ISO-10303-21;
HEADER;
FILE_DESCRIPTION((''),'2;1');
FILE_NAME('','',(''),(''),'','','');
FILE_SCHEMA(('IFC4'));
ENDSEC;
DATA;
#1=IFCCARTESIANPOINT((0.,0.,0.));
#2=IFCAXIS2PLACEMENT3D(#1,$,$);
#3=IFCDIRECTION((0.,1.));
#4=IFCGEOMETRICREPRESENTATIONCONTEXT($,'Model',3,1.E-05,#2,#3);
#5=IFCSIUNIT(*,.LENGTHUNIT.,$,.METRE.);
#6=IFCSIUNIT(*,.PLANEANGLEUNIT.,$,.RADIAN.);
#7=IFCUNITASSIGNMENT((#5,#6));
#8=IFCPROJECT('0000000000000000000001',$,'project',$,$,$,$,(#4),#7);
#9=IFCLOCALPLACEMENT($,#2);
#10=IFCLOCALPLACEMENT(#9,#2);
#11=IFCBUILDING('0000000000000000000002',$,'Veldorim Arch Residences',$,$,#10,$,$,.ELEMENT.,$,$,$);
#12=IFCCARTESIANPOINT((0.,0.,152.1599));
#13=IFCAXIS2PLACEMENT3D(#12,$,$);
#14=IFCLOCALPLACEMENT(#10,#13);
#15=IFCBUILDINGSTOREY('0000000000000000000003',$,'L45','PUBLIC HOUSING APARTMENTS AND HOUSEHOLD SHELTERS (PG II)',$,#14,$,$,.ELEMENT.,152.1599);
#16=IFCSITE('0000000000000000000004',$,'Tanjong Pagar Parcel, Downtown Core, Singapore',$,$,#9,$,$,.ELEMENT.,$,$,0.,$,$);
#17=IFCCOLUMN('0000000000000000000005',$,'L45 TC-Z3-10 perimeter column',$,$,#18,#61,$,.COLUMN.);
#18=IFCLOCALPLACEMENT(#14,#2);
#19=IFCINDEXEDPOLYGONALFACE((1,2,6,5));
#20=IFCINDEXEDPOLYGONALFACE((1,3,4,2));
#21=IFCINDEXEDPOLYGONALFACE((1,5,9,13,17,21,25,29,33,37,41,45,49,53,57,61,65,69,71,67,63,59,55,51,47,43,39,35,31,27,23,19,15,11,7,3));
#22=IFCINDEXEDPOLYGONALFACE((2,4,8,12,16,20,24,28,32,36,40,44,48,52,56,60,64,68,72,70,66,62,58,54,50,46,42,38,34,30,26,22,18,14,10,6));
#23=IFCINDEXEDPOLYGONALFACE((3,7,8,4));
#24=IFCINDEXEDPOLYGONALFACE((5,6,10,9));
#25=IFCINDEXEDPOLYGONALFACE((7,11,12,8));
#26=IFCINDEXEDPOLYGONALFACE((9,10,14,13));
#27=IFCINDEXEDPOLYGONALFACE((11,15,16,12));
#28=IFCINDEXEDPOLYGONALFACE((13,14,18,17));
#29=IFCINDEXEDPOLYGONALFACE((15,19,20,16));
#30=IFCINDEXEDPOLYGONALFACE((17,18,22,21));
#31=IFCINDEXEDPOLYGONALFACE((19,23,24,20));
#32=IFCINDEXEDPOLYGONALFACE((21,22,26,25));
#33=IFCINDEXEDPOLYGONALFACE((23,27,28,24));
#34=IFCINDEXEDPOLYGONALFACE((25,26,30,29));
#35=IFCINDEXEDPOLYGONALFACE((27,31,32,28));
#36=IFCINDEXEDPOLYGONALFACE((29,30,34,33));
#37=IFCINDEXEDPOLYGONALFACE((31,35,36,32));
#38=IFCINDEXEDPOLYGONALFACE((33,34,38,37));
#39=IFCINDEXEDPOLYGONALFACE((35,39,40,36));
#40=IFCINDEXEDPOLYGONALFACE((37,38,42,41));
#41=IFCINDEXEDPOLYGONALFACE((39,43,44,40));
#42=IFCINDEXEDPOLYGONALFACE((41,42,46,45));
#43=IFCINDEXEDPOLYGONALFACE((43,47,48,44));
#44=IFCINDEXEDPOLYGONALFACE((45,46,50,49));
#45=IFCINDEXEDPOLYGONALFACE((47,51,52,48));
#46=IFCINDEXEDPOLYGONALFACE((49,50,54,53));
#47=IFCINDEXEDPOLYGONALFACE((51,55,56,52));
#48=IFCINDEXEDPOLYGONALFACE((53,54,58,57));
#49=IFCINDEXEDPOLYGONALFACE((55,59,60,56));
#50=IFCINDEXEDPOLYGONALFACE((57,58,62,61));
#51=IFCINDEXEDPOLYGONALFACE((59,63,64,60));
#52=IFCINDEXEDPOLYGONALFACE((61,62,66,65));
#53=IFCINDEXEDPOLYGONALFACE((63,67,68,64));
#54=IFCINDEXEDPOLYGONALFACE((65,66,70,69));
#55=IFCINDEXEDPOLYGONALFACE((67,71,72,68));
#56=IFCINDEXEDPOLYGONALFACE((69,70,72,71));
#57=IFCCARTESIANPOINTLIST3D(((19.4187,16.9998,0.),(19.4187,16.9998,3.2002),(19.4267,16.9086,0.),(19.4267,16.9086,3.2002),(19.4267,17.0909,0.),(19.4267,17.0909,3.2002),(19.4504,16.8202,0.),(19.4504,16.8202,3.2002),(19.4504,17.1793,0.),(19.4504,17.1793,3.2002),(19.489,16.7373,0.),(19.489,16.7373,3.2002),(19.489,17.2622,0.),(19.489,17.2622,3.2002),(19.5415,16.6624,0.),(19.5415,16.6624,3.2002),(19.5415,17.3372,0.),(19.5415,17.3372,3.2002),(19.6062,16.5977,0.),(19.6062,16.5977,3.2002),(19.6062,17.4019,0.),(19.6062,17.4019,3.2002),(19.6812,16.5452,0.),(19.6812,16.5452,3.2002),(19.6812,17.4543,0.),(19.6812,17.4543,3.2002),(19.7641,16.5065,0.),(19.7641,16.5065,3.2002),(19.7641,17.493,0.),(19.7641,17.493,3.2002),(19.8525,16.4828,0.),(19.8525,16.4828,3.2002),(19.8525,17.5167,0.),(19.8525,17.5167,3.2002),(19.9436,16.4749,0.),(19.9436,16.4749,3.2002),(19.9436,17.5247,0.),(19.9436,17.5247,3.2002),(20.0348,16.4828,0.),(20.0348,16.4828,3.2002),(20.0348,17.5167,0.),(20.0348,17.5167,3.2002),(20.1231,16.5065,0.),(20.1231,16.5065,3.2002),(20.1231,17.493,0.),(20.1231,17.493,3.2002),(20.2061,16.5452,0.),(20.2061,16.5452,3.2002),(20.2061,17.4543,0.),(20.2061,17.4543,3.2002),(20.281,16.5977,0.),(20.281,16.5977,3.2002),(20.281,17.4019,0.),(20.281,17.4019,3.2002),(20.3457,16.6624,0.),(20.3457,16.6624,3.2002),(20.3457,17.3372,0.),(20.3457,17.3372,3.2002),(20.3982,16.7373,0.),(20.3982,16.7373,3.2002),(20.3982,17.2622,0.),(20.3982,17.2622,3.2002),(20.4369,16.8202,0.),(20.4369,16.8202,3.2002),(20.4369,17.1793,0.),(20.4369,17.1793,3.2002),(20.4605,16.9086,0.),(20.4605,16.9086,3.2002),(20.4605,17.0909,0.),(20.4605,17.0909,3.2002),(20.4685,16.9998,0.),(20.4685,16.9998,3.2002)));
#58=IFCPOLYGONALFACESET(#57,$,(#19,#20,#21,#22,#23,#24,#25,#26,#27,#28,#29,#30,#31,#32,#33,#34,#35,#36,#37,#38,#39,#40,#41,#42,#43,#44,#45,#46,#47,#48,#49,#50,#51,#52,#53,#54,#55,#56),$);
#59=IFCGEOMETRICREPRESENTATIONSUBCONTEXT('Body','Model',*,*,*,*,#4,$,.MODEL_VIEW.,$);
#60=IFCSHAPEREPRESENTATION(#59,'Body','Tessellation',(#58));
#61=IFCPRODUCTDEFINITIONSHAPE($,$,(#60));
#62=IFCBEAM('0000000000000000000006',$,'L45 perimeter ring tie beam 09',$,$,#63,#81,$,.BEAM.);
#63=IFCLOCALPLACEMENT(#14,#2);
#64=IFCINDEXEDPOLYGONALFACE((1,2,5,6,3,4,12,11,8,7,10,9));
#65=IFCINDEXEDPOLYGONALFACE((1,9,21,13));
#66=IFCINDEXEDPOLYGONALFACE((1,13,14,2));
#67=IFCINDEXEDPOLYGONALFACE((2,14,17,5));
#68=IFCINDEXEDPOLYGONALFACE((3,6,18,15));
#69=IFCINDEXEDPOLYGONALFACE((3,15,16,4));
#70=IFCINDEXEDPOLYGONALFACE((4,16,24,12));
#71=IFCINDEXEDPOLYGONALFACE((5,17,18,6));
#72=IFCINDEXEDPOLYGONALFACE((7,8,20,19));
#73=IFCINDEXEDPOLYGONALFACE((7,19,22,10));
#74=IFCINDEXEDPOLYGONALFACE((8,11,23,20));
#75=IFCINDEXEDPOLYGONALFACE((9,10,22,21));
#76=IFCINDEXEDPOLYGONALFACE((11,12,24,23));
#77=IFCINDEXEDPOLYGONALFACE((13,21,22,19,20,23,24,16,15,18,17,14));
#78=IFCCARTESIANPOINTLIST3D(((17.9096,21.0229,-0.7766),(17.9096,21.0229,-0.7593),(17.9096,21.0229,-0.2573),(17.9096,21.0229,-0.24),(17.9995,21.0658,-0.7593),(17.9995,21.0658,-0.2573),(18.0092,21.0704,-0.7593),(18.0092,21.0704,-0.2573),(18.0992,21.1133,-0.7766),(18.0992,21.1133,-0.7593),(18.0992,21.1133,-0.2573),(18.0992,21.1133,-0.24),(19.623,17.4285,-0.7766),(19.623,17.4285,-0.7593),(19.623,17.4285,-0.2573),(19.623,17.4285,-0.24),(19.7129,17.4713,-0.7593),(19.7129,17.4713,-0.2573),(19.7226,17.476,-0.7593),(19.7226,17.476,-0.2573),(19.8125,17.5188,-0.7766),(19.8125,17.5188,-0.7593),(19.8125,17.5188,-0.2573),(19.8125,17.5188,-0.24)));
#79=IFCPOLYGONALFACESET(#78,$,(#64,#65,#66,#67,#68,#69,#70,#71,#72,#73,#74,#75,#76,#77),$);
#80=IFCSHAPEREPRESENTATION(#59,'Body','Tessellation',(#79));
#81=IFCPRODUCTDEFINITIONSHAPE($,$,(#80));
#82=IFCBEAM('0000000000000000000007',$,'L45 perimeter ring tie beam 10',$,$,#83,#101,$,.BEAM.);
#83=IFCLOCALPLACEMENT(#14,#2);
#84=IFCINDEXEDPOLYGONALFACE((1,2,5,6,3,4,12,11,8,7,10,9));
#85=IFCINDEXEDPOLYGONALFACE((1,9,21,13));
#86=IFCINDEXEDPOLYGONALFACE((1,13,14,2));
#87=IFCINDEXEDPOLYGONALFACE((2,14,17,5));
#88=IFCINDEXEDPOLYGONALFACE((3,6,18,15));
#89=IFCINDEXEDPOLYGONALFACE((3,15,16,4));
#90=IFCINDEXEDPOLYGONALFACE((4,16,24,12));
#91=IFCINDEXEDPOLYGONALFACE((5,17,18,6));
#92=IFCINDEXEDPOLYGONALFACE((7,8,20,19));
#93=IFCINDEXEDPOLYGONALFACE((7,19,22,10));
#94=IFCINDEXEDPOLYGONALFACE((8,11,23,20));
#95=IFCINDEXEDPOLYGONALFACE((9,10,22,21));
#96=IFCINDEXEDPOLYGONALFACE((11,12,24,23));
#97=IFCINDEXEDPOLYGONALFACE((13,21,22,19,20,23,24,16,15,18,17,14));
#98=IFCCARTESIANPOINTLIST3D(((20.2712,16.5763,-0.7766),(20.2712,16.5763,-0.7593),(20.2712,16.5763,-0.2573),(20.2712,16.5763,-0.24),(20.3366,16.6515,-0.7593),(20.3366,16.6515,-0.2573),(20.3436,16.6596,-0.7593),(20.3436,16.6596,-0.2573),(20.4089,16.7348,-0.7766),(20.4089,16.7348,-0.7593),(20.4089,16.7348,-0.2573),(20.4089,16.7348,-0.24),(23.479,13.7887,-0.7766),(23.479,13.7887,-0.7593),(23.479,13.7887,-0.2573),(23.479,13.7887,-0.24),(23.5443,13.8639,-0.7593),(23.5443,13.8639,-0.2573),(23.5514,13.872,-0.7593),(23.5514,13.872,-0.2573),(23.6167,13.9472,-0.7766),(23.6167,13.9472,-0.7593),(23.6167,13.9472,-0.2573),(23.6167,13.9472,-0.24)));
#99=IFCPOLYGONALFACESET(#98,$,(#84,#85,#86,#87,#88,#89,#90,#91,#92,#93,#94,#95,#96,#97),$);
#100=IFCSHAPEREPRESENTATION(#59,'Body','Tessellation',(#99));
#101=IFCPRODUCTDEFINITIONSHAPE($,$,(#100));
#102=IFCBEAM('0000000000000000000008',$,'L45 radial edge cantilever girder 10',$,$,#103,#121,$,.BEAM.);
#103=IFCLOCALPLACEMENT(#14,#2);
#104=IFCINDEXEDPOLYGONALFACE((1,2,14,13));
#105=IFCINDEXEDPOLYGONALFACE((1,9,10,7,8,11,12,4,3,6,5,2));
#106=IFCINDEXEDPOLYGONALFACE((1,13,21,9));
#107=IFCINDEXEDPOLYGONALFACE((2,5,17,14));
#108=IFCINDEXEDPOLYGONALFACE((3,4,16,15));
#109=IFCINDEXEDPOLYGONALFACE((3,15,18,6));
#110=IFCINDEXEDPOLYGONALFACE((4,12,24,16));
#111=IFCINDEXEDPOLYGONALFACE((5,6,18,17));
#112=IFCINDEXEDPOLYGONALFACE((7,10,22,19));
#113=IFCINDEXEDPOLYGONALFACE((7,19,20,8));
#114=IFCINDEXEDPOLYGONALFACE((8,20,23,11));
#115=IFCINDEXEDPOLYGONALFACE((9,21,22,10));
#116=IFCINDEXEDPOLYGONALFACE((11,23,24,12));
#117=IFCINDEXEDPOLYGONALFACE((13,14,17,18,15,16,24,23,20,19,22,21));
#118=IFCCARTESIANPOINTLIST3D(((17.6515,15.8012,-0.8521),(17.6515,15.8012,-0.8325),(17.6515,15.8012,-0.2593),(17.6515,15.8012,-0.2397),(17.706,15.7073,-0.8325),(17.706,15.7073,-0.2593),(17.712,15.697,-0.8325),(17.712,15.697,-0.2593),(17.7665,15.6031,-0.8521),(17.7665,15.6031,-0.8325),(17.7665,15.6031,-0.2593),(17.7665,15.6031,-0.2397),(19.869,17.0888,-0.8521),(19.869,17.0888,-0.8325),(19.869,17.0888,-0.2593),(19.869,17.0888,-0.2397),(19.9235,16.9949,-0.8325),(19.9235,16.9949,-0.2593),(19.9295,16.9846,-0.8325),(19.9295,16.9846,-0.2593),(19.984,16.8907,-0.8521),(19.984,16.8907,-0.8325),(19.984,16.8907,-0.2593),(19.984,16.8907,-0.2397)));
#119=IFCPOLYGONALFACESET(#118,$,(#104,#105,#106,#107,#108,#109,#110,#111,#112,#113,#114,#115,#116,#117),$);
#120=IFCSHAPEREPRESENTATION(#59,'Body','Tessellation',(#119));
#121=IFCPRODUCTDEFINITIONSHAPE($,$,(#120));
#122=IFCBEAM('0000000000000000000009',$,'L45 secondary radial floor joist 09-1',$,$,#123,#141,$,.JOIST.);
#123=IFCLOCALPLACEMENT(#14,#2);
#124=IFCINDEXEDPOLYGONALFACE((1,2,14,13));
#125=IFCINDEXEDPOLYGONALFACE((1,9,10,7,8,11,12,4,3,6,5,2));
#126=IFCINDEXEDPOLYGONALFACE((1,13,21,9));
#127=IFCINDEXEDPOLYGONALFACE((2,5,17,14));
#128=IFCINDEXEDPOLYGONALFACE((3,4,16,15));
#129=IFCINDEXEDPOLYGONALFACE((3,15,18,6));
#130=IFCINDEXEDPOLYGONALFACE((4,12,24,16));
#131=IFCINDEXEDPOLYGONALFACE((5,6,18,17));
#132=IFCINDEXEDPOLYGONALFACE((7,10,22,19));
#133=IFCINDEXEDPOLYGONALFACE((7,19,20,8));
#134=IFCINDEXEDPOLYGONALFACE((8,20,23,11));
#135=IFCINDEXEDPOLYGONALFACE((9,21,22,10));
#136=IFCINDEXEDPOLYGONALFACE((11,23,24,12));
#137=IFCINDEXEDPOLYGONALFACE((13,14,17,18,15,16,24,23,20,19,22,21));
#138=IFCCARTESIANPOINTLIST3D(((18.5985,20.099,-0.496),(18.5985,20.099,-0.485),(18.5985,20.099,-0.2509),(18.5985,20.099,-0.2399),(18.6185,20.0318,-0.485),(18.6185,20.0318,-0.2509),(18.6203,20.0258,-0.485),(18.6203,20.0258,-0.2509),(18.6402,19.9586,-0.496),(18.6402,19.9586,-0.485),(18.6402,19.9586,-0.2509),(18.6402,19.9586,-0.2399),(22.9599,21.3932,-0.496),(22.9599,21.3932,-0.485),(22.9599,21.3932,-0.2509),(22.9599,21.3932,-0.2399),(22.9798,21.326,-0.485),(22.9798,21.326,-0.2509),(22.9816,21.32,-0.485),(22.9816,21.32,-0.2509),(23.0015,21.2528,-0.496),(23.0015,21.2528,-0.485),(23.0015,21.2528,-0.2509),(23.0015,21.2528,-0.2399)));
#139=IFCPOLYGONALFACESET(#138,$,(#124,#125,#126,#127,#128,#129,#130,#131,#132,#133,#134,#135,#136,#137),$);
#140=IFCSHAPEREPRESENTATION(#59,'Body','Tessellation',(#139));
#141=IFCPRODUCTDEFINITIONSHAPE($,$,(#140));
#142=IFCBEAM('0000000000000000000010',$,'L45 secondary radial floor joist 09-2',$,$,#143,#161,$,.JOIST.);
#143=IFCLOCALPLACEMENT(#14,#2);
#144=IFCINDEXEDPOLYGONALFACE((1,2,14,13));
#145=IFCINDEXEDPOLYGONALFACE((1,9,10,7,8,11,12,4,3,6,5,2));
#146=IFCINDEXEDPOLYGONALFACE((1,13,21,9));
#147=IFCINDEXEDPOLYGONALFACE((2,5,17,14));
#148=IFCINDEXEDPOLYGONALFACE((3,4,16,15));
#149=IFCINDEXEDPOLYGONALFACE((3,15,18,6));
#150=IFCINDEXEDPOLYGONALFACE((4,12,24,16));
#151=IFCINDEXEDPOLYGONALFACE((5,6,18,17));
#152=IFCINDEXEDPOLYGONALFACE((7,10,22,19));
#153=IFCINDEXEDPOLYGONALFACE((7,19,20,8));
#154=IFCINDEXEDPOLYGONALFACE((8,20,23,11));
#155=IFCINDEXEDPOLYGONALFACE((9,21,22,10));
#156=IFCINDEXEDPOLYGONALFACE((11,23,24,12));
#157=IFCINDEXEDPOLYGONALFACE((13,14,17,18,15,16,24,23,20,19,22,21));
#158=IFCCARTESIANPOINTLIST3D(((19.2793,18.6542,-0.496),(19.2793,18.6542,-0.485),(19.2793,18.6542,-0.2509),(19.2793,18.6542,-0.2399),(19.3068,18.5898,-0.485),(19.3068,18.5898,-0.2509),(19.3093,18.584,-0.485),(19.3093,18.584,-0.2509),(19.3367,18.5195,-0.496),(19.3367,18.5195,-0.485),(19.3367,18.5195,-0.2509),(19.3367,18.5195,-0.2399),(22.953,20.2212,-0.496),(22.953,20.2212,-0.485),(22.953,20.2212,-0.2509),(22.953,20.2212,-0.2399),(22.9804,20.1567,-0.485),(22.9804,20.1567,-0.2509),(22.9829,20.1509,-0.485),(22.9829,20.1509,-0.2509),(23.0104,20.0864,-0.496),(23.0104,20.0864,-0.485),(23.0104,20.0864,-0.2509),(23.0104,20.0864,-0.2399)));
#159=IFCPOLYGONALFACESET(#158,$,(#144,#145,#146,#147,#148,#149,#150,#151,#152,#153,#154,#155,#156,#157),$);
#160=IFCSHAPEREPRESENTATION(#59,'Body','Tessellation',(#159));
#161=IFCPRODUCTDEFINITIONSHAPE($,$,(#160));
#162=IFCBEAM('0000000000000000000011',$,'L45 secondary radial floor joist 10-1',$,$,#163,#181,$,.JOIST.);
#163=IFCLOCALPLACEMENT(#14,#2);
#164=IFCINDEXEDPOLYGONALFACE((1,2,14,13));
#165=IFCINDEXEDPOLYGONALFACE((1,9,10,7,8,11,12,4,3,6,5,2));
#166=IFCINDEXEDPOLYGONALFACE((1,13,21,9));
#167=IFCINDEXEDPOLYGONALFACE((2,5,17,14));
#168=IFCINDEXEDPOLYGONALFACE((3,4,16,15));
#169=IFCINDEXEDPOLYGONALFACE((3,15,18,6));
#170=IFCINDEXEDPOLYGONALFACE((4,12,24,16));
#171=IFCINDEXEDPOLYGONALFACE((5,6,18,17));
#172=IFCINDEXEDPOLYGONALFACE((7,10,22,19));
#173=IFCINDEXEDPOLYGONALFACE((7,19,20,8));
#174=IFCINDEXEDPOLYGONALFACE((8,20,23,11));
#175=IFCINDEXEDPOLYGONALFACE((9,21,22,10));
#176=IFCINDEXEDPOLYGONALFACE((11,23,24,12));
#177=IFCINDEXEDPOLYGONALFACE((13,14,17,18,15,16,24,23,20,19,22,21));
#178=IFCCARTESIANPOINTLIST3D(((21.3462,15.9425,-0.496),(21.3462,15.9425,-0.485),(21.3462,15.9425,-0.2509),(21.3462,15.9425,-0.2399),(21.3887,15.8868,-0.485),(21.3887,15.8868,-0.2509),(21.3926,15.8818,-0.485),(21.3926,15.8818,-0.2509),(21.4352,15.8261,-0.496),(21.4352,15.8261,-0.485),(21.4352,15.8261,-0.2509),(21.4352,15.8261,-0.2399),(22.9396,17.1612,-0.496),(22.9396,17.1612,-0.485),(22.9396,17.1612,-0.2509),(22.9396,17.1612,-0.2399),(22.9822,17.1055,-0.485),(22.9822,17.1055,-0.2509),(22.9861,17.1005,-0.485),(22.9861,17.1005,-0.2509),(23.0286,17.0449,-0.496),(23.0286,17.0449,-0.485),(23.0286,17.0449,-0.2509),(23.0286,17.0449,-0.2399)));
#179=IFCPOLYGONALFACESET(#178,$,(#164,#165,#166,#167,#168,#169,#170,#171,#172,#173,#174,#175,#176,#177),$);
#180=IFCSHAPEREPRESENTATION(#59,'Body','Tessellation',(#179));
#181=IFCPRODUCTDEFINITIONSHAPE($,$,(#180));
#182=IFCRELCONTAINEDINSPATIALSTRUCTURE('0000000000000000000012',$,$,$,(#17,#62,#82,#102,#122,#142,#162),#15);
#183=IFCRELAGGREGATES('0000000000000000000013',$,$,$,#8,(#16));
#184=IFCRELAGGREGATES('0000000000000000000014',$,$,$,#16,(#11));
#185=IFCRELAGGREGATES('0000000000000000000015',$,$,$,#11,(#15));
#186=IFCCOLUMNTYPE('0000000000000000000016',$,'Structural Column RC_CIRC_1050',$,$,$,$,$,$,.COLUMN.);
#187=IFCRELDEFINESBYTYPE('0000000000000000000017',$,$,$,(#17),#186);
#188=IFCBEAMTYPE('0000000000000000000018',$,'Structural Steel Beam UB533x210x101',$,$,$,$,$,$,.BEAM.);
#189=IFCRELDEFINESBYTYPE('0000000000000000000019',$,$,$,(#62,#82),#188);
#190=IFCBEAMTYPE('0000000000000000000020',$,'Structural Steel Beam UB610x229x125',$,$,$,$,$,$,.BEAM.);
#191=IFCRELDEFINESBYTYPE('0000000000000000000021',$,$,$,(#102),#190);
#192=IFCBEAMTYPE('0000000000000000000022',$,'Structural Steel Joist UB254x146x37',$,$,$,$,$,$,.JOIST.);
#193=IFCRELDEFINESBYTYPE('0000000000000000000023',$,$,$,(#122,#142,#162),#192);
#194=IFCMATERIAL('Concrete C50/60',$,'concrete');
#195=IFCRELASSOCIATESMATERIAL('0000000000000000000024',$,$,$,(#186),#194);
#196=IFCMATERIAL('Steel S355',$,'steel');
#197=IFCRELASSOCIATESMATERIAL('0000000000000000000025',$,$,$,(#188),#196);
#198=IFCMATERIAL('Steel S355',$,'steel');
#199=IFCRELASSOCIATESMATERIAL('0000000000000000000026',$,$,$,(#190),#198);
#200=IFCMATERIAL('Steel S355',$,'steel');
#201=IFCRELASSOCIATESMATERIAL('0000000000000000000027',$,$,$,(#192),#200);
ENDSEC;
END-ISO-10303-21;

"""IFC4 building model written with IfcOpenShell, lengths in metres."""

from ifc_helpers import new_model, si_unit, direction, frame, origin, origin_2d, place, context, subcontext, project, spatial, circle, i_section, extrude, material, material_profile, profile_set, type_object, element, save


model = new_model("IFC4")

# Units and contexts
model_context = context("Model", 3, precision=1e-05, world=origin(), true_north=direction((0.0, 1.0)))
body_context = subcontext(model_context, "Body", "Model", "MODEL_VIEW")
ifc_project = project(units=[si_unit("LENGTHUNIT", "METRE"), si_unit("PLANEANGLEUNIT", "RADIAN")], contexts=[model_context])

# Site, building, storey
site_placement = place(None, origin())
site = spatial("IfcSite", under=ifc_project, at=site_placement, Name="Tanjong Pagar Parcel, Downtown Core, Singapore", CompositionType="ELEMENT", RefElevation=0.0)
building_placement = place(site_placement, origin())
building = spatial("IfcBuilding", under=site, at=building_placement, Name="Veldorim Arch Residences", CompositionType="ELEMENT")
storey_placement = place(building_placement, frame((0.0, 0.0, 152.1599)))
storey = spatial("IfcBuildingStorey", under=building, at=storey_placement, Name="L45", Description="PUBLIC HOUSING APARTMENTS AND HOUSEHOLD SHELTERS (PG II)", CompositionType="ELEMENT", Elevation=152.1599)

# Column
ifc_material_1 = material(Name="Concrete C50/60", Category="concrete")
ifc_material_profile_1 = material_profile(ifc_material_1, circle(Radius=0.5249, at=origin_2d()), Name="RC_CIRC_1050")
ifc_profile_set_1 = profile_set([ifc_material_profile_1], Name="Concrete C50/60")
column_type = type_object("IfcColumnType", Name="Structural Column RC_CIRC_1050", PredefinedType="COLUMN", material=ifc_profile_set_1)
column_placement = place(storey_placement, frame((19.9436, 16.9998, 0.0), z_axis=(0.0, 0.0, 1.0), x_axis=(1.0, 0.0, 0.0)))
element("IfcColumn", 1, at=column_placement, inside=storey, type_object=column_type, Name="L45 TC-Z3-10 perimeter column", PredefinedType="COLUMN", context=body_context, shape_type="SweptSolid", body=[
    extrude(circle(Radius=0.5249, at=origin_2d()), origin(), (0.0, 0.0, 1.0), 3.2002),
])

# Beams
ifc_material_2 = material(Name="Steel S355", Category="steel")
ifc_material_profile_2 = material_profile(ifc_material_2, i_section(OverallWidth=0.21, OverallDepth=0.5366, WebThickness=0.0107, FlangeThickness=0.0173, at=origin_2d()), Name="UB533x210x101")
ifc_profile_set_2 = profile_set([ifc_material_profile_2], Name="Steel S355")
beam_type_1 = type_object("IfcBeamType", Name="Structural Steel Beam UB533x210x101", PredefinedType="BEAM", material=ifc_profile_set_2)
beam_1_placement = place(storey_placement, frame((18.0044, 21.0681, -0.5083), z_axis=(0.430286, -0.902693, 0.0), x_axis=(0.902693, 0.430286, 0.0)))
element("IfcBeam", 2, at=beam_1_placement, inside=storey, type_object=beam_type_1, Name="L45 perimeter ring tie beam 09", PredefinedType="BEAM", context=body_context, shape_type="SweptSolid", body=[
    extrude(i_section(OverallWidth=0.21, OverallDepth=0.5366, WebThickness=0.0107, FlangeThickness=0.0173, at=origin_2d()), origin(), (0.0, 0.0, 1.0), 3.9819),
])
beam_2_placement = place(storey_placement, frame((20.3401, 16.6555, -0.5083), z_axis=(0.754811, -0.655943, 0.0), x_axis=(0.655943, 0.754811, 0.0)))
element("IfcBeam", 3, at=beam_2_placement, inside=storey, type_object=beam_type_1, Name="L45 perimeter ring tie beam 10", PredefinedType="BEAM", context=body_context, shape_type="SweptSolid", body=[
    extrude(i_section(OverallWidth=0.21, OverallDepth=0.5366, WebThickness=0.0107, FlangeThickness=0.0173, at=origin_2d()), origin(), (0.0, 0.0, 1.0), 4.2498),
])
ifc_material_3 = material(Name="Steel S355", Category="steel")
ifc_material_profile_3 = material_profile(ifc_material_3, i_section(OverallWidth=0.229, OverallDepth=0.6123, WebThickness=0.012, FlangeThickness=0.0195, at=origin_2d()), Name="UB610x229x125")
ifc_profile_set_3 = profile_set([ifc_material_profile_3], Name="Steel S355")
beam_type_2 = type_object("IfcBeamType", Name="Structural Steel Beam UB610x229x125", PredefinedType="BEAM", material=ifc_profile_set_3)
beam_3_placement = place(storey_placement, frame((19.9265, 16.9897, -0.5459), z_axis=(-0.864789, -0.502136, 0.0), x_axis=(0.502136, -0.864789, 0.0)))
element("IfcBeam", 4, at=beam_3_placement, inside=storey, type_object=beam_type_2, Name="L45 radial edge cantilever girder 10", PredefinedType="BEAM", context=body_context, shape_type="SweptSolid", body=[
    extrude(i_section(OverallWidth=0.229, OverallDepth=0.6123, WebThickness=0.012, FlangeThickness=0.0195, at=origin_2d()), origin(), (0.0, 0.0, 1.0), 2.5642),
])
ifc_material_4 = material(Name="Steel S355", Category="steel")
ifc_material_profile_4 = material_profile(ifc_material_4, i_section(OverallWidth=0.1465, OverallDepth=0.2561, WebThickness=0.0063, FlangeThickness=0.011, at=origin_2d()), Name="UB254x146x37")
ifc_profile_set_4 = profile_set([ifc_material_profile_4], Name="Steel S355")
beam_type_3 = type_object("IfcBeamType", Name="Structural Steel Joist UB254x146x37", PredefinedType="JOIST", material=ifc_profile_set_4)
beam_4_placement = place(storey_placement, frame((22.9807, 21.323, -0.3679), z_axis=(-0.958682, -0.284481, 0.0), x_axis=(0.284481, -0.958682, 0.0)))
element("IfcBeam", 5, at=beam_4_placement, inside=storey, type_object=beam_type_3, Name="L45 secondary radial floor joist 09-1", PredefinedType="JOIST", context=body_context, shape_type="SweptSolid", body=[
    extrude(i_section(OverallWidth=0.1465, OverallDepth=0.2561, WebThickness=0.0063, FlangeThickness=0.011, at=origin_2d()), origin(), (0.0, 0.0, 1.0), 4.5493),
])
beam_5_placement = place(storey_placement, frame((22.9817, 20.1538, -0.3679), z_axis=(-0.919823, -0.392332, 0.0), x_axis=(0.392332, -0.919823, 0.0)))
element("IfcBeam", 6, at=beam_5_placement, inside=storey, type_object=beam_type_3, Name="L45 secondary radial floor joist 09-2", PredefinedType="JOIST", context=body_context, shape_type="SweptSolid", body=[
    extrude(i_section(OverallWidth=0.1465, OverallDepth=0.2561, WebThickness=0.0063, FlangeThickness=0.011, at=origin_2d()), origin(), (0.0, 0.0, 1.0), 3.9939),
])
beam_6_placement = place(storey_placement, frame((22.9841, 17.103, -0.3679), z_axis=(-0.794313, -0.607509, 0.0), x_axis=(0.607509, -0.794313, 0.0)))
element("IfcBeam", 7, at=beam_6_placement, inside=storey, type_object=beam_type_3, Name="L45 secondary radial floor joist 10-1", PredefinedType="JOIST", context=body_context, shape_type="SweptSolid", body=[
    extrude(i_section(OverallWidth=0.1465, OverallDepth=0.2561, WebThickness=0.0063, FlangeThickness=0.011, at=origin_2d()), origin(), (0.0, 0.0, 1.0), 2.0061),
])

save(model, "model.ifc")
